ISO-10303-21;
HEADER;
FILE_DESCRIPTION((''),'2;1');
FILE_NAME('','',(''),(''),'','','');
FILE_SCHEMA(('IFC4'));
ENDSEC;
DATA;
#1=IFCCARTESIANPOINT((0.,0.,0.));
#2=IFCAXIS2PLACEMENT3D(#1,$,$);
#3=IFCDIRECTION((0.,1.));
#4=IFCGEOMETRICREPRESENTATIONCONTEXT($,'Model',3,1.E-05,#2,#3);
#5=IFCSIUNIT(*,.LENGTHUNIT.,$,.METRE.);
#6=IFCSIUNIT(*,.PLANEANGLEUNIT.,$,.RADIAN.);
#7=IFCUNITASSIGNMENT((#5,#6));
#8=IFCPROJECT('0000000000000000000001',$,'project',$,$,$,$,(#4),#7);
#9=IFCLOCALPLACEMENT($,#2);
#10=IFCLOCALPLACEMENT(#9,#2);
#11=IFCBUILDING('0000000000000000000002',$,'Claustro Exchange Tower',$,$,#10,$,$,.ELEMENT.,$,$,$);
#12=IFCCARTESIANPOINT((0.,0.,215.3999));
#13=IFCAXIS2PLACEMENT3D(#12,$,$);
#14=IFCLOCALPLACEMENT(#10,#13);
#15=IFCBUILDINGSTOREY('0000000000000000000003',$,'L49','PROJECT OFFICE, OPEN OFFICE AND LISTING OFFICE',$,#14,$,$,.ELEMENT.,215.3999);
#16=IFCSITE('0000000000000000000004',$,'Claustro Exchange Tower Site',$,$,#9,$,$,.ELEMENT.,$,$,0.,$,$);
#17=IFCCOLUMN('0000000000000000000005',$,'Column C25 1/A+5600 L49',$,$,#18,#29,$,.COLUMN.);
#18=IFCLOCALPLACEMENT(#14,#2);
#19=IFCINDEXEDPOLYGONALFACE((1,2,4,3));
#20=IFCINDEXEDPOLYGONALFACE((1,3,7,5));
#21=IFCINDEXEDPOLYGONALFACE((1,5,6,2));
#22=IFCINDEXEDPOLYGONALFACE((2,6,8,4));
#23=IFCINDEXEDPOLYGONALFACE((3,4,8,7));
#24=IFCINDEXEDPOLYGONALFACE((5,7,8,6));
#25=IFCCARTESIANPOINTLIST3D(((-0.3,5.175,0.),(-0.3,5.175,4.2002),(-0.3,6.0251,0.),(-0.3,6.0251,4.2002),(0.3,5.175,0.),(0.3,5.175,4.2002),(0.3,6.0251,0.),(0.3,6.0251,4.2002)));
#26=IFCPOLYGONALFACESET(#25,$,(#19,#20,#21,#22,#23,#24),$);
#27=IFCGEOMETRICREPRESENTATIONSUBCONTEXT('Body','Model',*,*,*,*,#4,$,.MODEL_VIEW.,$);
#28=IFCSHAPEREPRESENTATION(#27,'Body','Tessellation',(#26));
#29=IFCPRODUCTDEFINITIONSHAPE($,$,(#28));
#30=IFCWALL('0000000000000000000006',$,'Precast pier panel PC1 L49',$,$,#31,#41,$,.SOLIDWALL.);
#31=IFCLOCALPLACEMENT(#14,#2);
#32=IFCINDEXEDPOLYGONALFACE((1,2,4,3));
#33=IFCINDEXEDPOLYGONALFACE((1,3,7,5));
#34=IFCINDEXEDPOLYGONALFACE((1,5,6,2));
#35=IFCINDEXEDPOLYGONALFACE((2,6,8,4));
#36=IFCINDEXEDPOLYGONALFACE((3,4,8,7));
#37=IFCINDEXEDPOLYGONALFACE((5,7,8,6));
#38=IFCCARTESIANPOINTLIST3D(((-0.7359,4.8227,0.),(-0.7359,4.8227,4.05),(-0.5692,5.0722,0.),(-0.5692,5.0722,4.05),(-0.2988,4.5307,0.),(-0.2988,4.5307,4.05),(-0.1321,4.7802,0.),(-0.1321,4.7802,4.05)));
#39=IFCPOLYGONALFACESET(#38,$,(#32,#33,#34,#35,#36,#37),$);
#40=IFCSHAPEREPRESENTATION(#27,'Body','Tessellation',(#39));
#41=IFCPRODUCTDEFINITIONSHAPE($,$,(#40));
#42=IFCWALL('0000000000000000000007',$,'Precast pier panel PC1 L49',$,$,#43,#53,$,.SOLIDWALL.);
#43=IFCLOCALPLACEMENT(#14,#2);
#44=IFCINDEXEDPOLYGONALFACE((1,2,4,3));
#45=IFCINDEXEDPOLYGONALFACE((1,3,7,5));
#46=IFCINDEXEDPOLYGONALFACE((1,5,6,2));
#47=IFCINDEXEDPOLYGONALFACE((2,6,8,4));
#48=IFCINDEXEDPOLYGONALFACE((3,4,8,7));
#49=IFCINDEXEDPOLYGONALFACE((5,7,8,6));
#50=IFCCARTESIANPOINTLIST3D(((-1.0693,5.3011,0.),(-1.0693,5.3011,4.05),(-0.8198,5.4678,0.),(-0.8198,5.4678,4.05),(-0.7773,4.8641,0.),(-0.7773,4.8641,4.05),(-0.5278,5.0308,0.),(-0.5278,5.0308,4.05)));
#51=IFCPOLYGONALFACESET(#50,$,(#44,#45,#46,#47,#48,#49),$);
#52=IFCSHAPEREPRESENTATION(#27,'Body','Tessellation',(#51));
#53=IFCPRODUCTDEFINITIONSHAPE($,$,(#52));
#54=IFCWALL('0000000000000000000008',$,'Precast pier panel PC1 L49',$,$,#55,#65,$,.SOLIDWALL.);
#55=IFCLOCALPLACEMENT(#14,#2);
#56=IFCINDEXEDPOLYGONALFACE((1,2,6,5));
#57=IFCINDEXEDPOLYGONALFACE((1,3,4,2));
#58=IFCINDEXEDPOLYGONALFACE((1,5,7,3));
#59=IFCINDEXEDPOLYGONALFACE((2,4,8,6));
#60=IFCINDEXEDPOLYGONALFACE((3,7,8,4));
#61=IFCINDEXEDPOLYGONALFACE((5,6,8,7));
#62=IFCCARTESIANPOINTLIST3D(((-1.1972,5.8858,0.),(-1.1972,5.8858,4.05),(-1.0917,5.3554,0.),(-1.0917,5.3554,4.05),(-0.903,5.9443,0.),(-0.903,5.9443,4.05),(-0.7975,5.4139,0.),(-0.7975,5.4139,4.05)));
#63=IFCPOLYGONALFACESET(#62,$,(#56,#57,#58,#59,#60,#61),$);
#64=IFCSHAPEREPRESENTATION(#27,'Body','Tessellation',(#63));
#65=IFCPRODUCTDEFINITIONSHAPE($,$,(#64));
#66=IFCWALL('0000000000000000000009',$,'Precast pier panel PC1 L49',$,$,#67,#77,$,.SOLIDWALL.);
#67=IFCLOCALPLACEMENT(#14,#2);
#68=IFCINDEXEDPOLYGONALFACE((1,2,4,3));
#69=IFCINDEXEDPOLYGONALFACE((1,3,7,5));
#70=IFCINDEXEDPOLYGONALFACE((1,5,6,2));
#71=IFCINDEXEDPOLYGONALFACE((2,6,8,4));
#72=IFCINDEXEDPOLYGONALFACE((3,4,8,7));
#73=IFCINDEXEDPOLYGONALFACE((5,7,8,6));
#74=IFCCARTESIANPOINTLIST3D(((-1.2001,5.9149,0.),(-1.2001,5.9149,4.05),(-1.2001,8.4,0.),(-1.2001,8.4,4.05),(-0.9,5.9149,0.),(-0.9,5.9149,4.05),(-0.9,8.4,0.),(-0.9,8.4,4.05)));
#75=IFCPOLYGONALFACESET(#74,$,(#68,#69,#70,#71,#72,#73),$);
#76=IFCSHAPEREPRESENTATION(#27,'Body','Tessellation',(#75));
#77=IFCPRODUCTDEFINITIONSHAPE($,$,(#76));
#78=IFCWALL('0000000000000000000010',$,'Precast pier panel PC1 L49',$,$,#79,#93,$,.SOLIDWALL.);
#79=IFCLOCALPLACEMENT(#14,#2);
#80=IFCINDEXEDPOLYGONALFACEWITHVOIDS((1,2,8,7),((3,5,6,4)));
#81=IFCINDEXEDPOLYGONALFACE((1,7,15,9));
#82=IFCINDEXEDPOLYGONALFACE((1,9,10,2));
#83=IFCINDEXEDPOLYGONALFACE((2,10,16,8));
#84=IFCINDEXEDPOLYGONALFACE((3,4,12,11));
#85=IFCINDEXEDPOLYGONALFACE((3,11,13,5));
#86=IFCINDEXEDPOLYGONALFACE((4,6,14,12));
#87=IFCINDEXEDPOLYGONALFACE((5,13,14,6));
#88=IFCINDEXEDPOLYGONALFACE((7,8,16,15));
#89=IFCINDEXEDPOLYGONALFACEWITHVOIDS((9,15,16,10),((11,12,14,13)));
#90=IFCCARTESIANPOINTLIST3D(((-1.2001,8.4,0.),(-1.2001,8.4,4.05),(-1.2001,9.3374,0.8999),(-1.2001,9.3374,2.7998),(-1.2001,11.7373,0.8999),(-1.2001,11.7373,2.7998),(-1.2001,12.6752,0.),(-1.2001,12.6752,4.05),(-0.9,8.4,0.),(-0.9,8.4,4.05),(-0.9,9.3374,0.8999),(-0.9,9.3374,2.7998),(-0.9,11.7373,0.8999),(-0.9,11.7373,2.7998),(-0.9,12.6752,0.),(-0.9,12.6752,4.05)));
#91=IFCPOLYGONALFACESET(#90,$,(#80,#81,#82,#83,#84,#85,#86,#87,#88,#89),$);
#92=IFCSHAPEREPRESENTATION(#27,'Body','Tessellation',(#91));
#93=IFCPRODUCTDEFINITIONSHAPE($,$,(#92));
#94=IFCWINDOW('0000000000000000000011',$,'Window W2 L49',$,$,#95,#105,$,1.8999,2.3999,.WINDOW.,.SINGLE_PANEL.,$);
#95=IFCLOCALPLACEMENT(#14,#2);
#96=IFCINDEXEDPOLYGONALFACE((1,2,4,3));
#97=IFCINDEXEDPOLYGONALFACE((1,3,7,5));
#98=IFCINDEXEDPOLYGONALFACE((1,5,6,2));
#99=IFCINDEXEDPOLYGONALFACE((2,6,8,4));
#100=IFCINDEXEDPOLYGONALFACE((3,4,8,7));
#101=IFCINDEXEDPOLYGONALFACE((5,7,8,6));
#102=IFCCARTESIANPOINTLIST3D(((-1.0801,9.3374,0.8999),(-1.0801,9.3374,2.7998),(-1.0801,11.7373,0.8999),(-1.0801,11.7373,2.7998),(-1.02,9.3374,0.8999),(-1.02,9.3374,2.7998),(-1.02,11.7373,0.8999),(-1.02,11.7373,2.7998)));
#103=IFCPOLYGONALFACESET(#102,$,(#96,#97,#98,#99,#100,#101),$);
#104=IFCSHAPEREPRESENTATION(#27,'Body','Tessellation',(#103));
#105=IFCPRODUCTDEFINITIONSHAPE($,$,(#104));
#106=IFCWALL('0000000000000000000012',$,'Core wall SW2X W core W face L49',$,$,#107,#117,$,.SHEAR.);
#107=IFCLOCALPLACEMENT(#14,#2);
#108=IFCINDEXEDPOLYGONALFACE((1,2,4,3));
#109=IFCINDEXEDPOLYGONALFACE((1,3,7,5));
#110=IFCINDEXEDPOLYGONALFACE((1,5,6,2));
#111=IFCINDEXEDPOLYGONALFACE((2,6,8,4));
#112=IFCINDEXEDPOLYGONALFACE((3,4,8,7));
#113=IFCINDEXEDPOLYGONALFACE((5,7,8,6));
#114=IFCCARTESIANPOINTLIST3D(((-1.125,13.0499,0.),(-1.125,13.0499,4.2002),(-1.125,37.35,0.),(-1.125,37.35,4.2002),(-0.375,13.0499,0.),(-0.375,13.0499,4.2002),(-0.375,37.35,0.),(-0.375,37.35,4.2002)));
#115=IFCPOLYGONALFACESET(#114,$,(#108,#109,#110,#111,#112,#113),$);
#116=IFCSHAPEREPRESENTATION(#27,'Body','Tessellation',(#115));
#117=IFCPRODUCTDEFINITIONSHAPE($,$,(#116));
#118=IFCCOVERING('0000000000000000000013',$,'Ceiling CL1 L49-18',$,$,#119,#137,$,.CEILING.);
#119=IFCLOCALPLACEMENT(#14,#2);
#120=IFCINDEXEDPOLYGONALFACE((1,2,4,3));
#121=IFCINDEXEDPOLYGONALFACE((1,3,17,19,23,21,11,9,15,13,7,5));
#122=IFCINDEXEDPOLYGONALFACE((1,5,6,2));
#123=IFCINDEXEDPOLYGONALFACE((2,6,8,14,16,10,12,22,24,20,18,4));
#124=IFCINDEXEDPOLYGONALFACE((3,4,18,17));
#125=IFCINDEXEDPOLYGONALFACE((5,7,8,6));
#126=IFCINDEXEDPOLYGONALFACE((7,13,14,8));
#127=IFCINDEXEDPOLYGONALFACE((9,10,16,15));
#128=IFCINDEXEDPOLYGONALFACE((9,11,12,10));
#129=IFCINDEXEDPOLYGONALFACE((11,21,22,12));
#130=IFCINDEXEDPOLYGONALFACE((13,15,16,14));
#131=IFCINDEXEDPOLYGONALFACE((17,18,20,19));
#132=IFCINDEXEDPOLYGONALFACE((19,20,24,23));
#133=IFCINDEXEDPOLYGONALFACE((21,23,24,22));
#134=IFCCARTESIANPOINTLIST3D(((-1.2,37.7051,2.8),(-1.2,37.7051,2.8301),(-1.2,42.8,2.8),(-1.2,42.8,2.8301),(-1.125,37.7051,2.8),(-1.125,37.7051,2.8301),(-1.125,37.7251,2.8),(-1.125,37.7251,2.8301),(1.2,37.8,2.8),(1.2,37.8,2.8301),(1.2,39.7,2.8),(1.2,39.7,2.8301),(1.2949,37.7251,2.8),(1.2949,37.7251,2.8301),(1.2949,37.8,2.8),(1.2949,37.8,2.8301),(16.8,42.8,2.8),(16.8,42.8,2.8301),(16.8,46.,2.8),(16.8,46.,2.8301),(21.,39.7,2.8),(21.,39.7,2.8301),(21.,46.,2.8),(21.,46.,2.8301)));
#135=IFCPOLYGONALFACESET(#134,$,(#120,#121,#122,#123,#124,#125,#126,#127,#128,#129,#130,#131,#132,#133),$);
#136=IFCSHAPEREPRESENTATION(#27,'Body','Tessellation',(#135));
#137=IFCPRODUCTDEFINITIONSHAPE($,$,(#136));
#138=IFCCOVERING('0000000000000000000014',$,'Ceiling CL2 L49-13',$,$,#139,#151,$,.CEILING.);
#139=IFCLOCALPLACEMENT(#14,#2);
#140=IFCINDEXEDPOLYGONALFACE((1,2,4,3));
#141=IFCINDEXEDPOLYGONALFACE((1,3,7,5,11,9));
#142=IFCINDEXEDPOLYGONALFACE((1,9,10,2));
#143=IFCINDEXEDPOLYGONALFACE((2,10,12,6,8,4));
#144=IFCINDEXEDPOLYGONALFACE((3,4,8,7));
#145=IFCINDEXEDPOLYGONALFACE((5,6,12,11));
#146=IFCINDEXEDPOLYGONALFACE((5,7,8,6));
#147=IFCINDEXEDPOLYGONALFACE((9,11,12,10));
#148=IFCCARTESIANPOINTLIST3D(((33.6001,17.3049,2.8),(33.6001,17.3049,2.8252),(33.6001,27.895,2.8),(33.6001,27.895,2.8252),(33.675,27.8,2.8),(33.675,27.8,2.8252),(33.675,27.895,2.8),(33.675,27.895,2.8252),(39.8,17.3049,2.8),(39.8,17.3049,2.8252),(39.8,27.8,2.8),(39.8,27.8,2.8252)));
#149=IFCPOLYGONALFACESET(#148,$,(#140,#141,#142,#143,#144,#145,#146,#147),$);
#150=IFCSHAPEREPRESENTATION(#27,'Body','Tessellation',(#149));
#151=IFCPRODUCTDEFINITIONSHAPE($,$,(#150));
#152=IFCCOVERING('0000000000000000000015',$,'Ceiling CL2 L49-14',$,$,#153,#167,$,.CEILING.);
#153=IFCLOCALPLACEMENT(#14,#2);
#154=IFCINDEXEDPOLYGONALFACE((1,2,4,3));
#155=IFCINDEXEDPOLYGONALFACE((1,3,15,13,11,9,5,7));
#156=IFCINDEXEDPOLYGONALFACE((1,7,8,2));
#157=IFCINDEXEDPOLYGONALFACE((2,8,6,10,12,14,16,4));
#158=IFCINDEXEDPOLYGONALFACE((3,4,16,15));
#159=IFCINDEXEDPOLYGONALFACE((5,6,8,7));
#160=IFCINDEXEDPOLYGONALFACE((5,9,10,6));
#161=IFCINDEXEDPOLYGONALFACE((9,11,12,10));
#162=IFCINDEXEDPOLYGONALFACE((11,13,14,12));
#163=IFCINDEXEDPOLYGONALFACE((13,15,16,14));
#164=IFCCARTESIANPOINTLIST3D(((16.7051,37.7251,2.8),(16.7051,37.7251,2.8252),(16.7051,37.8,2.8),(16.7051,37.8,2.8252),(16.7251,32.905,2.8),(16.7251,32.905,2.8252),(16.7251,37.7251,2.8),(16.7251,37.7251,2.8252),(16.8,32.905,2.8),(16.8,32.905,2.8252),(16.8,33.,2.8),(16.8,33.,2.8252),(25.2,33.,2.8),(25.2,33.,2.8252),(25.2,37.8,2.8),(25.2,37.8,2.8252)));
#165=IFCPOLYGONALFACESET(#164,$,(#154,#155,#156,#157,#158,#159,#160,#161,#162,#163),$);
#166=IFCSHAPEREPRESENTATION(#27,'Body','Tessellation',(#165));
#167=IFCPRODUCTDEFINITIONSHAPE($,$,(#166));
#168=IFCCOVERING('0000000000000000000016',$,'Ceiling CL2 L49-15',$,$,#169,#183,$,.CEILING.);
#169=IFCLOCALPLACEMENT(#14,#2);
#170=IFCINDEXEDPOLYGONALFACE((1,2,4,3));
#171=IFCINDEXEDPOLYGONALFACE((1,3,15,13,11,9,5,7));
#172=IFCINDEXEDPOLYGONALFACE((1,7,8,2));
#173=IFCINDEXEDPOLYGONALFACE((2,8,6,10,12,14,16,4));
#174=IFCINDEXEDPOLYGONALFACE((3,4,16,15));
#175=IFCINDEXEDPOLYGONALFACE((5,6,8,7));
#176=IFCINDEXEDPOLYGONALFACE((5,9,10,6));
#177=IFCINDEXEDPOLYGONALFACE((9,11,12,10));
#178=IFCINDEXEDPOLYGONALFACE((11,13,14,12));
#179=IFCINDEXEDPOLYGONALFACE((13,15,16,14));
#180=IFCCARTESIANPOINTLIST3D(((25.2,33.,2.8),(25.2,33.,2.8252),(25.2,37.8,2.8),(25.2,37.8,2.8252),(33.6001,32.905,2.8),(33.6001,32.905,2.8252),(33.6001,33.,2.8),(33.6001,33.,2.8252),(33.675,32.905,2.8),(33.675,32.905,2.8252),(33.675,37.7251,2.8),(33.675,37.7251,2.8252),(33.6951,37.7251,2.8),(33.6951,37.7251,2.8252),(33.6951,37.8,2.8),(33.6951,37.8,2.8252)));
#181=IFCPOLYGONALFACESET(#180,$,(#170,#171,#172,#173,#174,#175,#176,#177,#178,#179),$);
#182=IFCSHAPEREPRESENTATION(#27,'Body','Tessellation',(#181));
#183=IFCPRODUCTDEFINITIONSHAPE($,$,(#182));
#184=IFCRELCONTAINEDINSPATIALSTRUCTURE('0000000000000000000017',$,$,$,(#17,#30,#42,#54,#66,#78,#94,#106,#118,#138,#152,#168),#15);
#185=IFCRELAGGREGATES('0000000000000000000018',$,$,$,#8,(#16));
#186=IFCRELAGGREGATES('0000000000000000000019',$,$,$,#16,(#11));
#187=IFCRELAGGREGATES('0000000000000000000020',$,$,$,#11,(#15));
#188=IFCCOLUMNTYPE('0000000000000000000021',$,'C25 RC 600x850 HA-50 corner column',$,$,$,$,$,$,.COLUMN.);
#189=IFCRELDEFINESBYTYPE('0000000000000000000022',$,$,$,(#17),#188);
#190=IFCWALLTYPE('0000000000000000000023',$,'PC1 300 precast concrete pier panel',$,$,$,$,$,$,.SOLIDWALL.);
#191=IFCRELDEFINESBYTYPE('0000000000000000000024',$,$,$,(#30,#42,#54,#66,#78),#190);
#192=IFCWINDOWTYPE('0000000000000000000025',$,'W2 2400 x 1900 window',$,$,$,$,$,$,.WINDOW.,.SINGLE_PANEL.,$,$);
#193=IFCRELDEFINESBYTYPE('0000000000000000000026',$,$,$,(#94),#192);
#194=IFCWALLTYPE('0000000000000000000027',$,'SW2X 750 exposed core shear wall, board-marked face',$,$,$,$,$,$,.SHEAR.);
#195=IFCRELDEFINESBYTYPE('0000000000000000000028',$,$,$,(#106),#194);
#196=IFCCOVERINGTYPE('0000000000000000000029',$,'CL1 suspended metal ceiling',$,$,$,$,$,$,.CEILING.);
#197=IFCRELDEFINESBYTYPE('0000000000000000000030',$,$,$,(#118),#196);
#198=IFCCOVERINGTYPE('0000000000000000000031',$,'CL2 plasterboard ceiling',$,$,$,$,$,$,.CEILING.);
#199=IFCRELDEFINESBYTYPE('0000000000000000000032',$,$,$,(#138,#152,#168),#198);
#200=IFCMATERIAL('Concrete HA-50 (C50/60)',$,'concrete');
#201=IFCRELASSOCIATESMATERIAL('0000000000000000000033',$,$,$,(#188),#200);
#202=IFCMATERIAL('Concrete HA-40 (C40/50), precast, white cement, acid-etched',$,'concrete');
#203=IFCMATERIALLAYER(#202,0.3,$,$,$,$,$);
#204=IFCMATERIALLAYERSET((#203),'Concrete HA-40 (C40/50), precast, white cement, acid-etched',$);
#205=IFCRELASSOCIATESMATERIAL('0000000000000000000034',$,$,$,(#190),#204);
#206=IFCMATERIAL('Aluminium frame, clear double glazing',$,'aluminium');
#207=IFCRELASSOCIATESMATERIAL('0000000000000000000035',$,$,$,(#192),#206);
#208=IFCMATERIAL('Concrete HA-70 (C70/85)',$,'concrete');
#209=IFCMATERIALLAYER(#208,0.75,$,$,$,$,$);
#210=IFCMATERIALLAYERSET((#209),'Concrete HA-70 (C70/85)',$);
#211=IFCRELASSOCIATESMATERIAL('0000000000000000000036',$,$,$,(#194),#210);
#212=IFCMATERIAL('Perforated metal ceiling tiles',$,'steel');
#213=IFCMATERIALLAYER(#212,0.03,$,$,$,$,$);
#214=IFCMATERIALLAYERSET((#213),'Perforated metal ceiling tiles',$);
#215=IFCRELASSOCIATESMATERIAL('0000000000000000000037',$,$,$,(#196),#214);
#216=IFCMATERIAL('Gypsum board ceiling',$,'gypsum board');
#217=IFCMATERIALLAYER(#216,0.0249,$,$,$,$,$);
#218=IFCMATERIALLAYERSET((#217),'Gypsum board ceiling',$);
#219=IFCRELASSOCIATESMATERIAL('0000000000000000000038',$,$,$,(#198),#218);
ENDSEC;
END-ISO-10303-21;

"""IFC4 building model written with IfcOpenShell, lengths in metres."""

from ifc_helpers import new_model, si_unit, direction, frame, frame_2d, origin, origin_2d, place, context, subcontext, project, spatial, polyline, rectangle, outline, extrude, material, layer, layer_set, material_profile, profile_set, type_object, element, fill, save


model = new_model("IFC4")

# Units and contexts
model_context = context("Model", 3, precision=1e-05, world=origin(), true_north=direction((0.0, 1.0)))
body_context = subcontext(model_context, "Body", "Model", "MODEL_VIEW")
ifc_project = project(units=[si_unit("LENGTHUNIT", "METRE"), si_unit("PLANEANGLEUNIT", "RADIAN")], contexts=[model_context])

# Site, building, storey
site_placement = place(None, origin())
site = spatial("IfcSite", under=ifc_project, at=site_placement, Name="Claustro Exchange Tower Site", CompositionType="ELEMENT", RefElevation=0.0)
building_placement = place(site_placement, origin())
building = spatial("IfcBuilding", under=site, at=building_placement, Name="Claustro Exchange Tower", CompositionType="ELEMENT")
storey_placement = place(building_placement, frame((0.0, 0.0, 215.3999)))
storey = spatial("IfcBuildingStorey", under=building, at=storey_placement, Name="L49", Description="PROJECT OFFICE, OPEN OFFICE AND LISTING OFFICE", CompositionType="ELEMENT", Elevation=215.3999)

# Column
ifc_material_1 = material(Name="Concrete HA-50 (C50/60)", Category="concrete")
ifc_material_profile = material_profile(ifc_material_1, rectangle(XDim=0.6001, YDim=0.8501, at=origin_2d()), Name="RC 600x850")
ifc_profile_set = profile_set([ifc_material_profile], Name="Concrete HA-50 (C50/60)")
column_type = type_object("IfcColumnType", Name="C25 RC 600x850 HA-50 corner column", PredefinedType="COLUMN", material=ifc_profile_set)
column_placement = place(storey_placement, frame((0.0, 5.6001, 0.0), z_axis=(0.0, 0.0, 1.0), x_axis=(1.0, 0.0, 0.0)))
element("IfcColumn", 1, at=column_placement, inside=storey, type_object=column_type, Name="Column C25 1/A+5600 L49", PredefinedType="COLUMN", context=body_context, shape_type="SweptSolid", body=[
    extrude(rectangle(XDim=0.6001, YDim=0.8501, at=origin_2d()), origin(), (0.0, 0.0, 1.0), 4.2002),
])

# Walls
ifc_material_2 = material(Name="Concrete HA-40 (C40/50), precast, white cement, acid-etched", Category="concrete")
ifc_layer_1 = layer(ifc_material_2, 0.3)
ifc_layer_set_1 = layer_set([ifc_layer_1], Name="Concrete HA-40 (C40/50), precast, white cement, acid-etched")
wall_type_1 = type_object("IfcWallType", Name="PC1 300 precast concrete pier panel", PredefinedType="SOLIDWALL", material=ifc_layer_set_1)
for number, where, z_axis, x_axis, name in (
    (2, (-0.2156, 4.6555, 0.0), (0.0, 0.0, 1.0), (-0.831478, 0.555557, 0.0), "Precast pier panel PC1 L49"),
    (3, (-0.6526, 4.9475, 0.0), (0.0, 0.0, 1.0), (-0.555557, 0.831478, 0.0), "Precast pier panel PC1 L49"),
):
    element("IfcWall", number, at=place(storey_placement, frame(where, z_axis=z_axis, x_axis=x_axis)), inside=storey, type_object=wall_type_1, Name=name, PredefinedType="SOLIDWALL", context=body_context, shape_type="SweptSolid", body=[
        extrude(rectangle(XDim=0.5256, YDim=0.3, at=frame_2d((0.2627, 0.0))), origin(), (0.0, 0.0, 1.0), 4.05),
    ])
wall_1_placement = place(storey_placement, frame((-0.9446, 5.3845, 0.0), z_axis=(0.0, 0.0, 1.0), x_axis=(-0.195074, 0.980789, 0.0)))
element("IfcWall", 4, at=wall_1_placement, inside=storey, type_object=wall_type_1, Name="Precast pier panel PC1 L49", PredefinedType="SOLIDWALL", context=body_context, shape_type="SweptSolid", body=[
    extrude(rectangle(XDim=0.5408, YDim=0.3, at=frame_2d((0.2705, 0.0))), origin(), (0.0, 0.0, 1.0), 4.05),
])
wall_2_placement = place(storey_placement, frame((-1.05, 5.9148, 0.0), z_axis=(0.0, 0.0, 1.0), x_axis=(0.0, 1.0, 0.0)))
element("IfcWall", 5, at=wall_2_placement, inside=storey, type_object=wall_type_1, Name="Precast pier panel PC1 L49", PredefinedType="SOLIDWALL", context=body_context, shape_type="SweptSolid", body=[
    extrude(rectangle(XDim=2.4851, YDim=0.3, at=frame_2d((1.2427, 0.0))), origin(), (0.0, 0.0, 1.0), 4.05),
])

# Wall, opening, window
wall_3_placement = place(storey_placement, frame((-1.05, 8.3999, 0.0), z_axis=(0.0, 0.0, 1.0), x_axis=(0.0, 1.0, 0.0)))
wall_3 = element("IfcWall", 6, at=wall_3_placement, inside=storey, type_object=wall_type_1, Name="Precast pier panel PC1 L49", PredefinedType="SOLIDWALL", context=body_context, shape_type="SweptSolid", body=[
    extrude(rectangle(XDim=4.2751, YDim=0.3, at=frame_2d((2.1377, 0.0))), origin(), (0.0, 0.0, 1.0), 4.05),
])
opening_1_placement = place(wall_3_placement, frame((0.9375, 0.0, 0.8999)))
opening_1 = element("IfcOpeningElement", 7, at=opening_1_placement, cuts=wall_3, PredefinedType="OPENING", context=body_context, shape_type="SweptSolid", body=[
    extrude(rectangle(XDim=2.3999, YDim=1.8999, at=frame_2d((1.2, 0.95))), frame((0.0, 0.1599, 0.0), z_axis=(0.0, -1.0, 0.0), x_axis=(1.0, 0.0, 0.0)), (0.0, 0.0, 1.0), 0.3201),
])
ifc_material_3 = material(Name="Aluminium frame, clear double glazing", Category="aluminium")
window_type = type_object("IfcWindowType", Name="W2 2400 x 1900 window", PartitioningType="SINGLE_PANEL", PredefinedType="WINDOW", material=ifc_material_3)
window_placement = place(opening_1_placement, origin())
window = element("IfcWindow", 8, at=window_placement, inside=storey, type_object=window_type, Name="Window W2 L49", OverallHeight=1.8999, OverallWidth=2.3999, PartitioningType="SINGLE_PANEL", PredefinedType="WINDOW", context=body_context, shape_type="SweptSolid", body=[
    extrude(rectangle(XDim=2.3999, YDim=1.8999, at=frame_2d((1.2, 0.95))), frame((0.0, 0.03, 0.0), z_axis=(0.0, -1.0, 0.0), x_axis=(1.0, 0.0, 0.0)), (0.0, 0.0, 1.0), 0.0601),
])
fill(opening_1, window)

# Wall
ifc_material_4 = material(Name="Concrete HA-70 (C70/85)", Category="concrete")
ifc_layer_2 = layer(ifc_material_4, 0.75)
ifc_layer_set_2 = layer_set([ifc_layer_2], Name="Concrete HA-70 (C70/85)")
wall_type_2 = type_object("IfcWallType", Name="SW2X 750 exposed core shear wall, board-marked face", PredefinedType="SHEAR", material=ifc_layer_set_2)
wall_4_placement = place(storey_placement, frame((-0.75, 13.05, 0.0), z_axis=(0.0, 0.0, 1.0), x_axis=(0.0, 1.0, 0.0)))
element("IfcWall", 9, at=wall_4_placement, inside=storey, type_object=wall_type_2, Name="Core wall SW2X W core W face L49", PredefinedType="SHEAR", context=body_context, shape_type="SweptSolid", body=[
    extrude(rectangle(XDim=24.3, YDim=0.75, at=frame_2d((12.1499, 0.0))), origin(), (0.0, 0.0, 1.0), 4.2002),
])

# Coverings
ifc_material_5 = material(Name="Perforated metal ceiling tiles", Category="steel")
ifc_layer_3 = layer(ifc_material_5, 0.03)
ifc_layer_set_3 = layer_set([ifc_layer_3], Name="Perforated metal ceiling tiles")
covering_type_1 = type_object("IfcCoveringType", Name="CL1 suspended metal ceiling", PredefinedType="CEILING", material=ifc_layer_set_3)
covering_1_placement = place(storey_placement, frame((0.0, 0.0, 2.8)))
element("IfcCovering", 10, at=covering_1_placement, inside=storey, type_object=covering_type_1, Name="Ceiling CL1 L49-18", PredefinedType="CEILING", context=body_context, shape_type="SweptSolid", body=[
    extrude(outline(polyline([(-1.125, 37.7251), (1.2949, 37.7251), (1.2949, 37.8), (1.2, 37.8), (1.2, 39.7), (21.0, 39.7), (21.0, 46.0), (16.8, 46.0), (16.8, 42.8), (-1.2, 42.8), (-1.2, 37.7051), (-1.125, 37.7051), (-1.125, 37.7251)])), origin(), (0.0, 0.0, 1.0), 0.03),
])
ifc_material_6 = material(Name="Gypsum board ceiling", Category="gypsum board")
ifc_layer_4 = layer(ifc_material_6, 0.0249)
ifc_layer_set_4 = layer_set([ifc_layer_4], Name="Gypsum board ceiling")
covering_type_2 = type_object("IfcCoveringType", Name="CL2 plasterboard ceiling", PredefinedType="CEILING", material=ifc_layer_set_4)
covering_2_placement = place(storey_placement, frame((0.0, 0.0, 2.8)))
element("IfcCovering", 11, at=covering_2_placement, inside=storey, type_object=covering_type_2, Name="Ceiling CL2 L49-13", PredefinedType="CEILING", context=body_context, shape_type="SweptSolid", body=[
    extrude(outline(polyline([(33.6001, 27.895), (33.6001, 17.3049), (39.8, 17.3049), (39.8, 27.8), (33.675, 27.8), (33.675, 27.895), (33.6001, 27.895)])), origin(), (0.0, 0.0, 1.0), 0.0251),
])
covering_3_placement = place(storey_placement, frame((0.0, 0.0, 2.8)))
element("IfcCovering", 12, at=covering_3_placement, inside=storey, type_object=covering_type_2, Name="Ceiling CL2 L49-14", PredefinedType="CEILING", context=body_context, shape_type="SweptSolid", body=[
    extrude(outline(polyline([(25.2, 37.8), (16.7051, 37.8), (16.7051, 37.7251), (16.7251, 37.7251), (16.7251, 32.905), (16.8, 32.905), (16.8, 33.0), (25.2, 33.0), (25.2, 37.8)])), origin(), (0.0, 0.0, 1.0), 0.0251),
])
covering_4_placement = place(storey_placement, frame((0.0, 0.0, 2.8)))
element("IfcCovering", 13, at=covering_4_placement, inside=storey, type_object=covering_type_2, Name="Ceiling CL2 L49-15", PredefinedType="CEILING", context=body_context, shape_type="SweptSolid", body=[
    extrude(outline(polyline([(33.6001, 33.0), (33.6001, 32.905), (33.675, 32.905), (33.675, 37.7251), (33.6951, 37.7251), (33.6951, 37.8), (25.2, 37.8), (25.2, 33.0), (33.6001, 33.0)])), origin(), (0.0, 0.0, 1.0), 0.0251),
])

save(model, "model.ifc")
